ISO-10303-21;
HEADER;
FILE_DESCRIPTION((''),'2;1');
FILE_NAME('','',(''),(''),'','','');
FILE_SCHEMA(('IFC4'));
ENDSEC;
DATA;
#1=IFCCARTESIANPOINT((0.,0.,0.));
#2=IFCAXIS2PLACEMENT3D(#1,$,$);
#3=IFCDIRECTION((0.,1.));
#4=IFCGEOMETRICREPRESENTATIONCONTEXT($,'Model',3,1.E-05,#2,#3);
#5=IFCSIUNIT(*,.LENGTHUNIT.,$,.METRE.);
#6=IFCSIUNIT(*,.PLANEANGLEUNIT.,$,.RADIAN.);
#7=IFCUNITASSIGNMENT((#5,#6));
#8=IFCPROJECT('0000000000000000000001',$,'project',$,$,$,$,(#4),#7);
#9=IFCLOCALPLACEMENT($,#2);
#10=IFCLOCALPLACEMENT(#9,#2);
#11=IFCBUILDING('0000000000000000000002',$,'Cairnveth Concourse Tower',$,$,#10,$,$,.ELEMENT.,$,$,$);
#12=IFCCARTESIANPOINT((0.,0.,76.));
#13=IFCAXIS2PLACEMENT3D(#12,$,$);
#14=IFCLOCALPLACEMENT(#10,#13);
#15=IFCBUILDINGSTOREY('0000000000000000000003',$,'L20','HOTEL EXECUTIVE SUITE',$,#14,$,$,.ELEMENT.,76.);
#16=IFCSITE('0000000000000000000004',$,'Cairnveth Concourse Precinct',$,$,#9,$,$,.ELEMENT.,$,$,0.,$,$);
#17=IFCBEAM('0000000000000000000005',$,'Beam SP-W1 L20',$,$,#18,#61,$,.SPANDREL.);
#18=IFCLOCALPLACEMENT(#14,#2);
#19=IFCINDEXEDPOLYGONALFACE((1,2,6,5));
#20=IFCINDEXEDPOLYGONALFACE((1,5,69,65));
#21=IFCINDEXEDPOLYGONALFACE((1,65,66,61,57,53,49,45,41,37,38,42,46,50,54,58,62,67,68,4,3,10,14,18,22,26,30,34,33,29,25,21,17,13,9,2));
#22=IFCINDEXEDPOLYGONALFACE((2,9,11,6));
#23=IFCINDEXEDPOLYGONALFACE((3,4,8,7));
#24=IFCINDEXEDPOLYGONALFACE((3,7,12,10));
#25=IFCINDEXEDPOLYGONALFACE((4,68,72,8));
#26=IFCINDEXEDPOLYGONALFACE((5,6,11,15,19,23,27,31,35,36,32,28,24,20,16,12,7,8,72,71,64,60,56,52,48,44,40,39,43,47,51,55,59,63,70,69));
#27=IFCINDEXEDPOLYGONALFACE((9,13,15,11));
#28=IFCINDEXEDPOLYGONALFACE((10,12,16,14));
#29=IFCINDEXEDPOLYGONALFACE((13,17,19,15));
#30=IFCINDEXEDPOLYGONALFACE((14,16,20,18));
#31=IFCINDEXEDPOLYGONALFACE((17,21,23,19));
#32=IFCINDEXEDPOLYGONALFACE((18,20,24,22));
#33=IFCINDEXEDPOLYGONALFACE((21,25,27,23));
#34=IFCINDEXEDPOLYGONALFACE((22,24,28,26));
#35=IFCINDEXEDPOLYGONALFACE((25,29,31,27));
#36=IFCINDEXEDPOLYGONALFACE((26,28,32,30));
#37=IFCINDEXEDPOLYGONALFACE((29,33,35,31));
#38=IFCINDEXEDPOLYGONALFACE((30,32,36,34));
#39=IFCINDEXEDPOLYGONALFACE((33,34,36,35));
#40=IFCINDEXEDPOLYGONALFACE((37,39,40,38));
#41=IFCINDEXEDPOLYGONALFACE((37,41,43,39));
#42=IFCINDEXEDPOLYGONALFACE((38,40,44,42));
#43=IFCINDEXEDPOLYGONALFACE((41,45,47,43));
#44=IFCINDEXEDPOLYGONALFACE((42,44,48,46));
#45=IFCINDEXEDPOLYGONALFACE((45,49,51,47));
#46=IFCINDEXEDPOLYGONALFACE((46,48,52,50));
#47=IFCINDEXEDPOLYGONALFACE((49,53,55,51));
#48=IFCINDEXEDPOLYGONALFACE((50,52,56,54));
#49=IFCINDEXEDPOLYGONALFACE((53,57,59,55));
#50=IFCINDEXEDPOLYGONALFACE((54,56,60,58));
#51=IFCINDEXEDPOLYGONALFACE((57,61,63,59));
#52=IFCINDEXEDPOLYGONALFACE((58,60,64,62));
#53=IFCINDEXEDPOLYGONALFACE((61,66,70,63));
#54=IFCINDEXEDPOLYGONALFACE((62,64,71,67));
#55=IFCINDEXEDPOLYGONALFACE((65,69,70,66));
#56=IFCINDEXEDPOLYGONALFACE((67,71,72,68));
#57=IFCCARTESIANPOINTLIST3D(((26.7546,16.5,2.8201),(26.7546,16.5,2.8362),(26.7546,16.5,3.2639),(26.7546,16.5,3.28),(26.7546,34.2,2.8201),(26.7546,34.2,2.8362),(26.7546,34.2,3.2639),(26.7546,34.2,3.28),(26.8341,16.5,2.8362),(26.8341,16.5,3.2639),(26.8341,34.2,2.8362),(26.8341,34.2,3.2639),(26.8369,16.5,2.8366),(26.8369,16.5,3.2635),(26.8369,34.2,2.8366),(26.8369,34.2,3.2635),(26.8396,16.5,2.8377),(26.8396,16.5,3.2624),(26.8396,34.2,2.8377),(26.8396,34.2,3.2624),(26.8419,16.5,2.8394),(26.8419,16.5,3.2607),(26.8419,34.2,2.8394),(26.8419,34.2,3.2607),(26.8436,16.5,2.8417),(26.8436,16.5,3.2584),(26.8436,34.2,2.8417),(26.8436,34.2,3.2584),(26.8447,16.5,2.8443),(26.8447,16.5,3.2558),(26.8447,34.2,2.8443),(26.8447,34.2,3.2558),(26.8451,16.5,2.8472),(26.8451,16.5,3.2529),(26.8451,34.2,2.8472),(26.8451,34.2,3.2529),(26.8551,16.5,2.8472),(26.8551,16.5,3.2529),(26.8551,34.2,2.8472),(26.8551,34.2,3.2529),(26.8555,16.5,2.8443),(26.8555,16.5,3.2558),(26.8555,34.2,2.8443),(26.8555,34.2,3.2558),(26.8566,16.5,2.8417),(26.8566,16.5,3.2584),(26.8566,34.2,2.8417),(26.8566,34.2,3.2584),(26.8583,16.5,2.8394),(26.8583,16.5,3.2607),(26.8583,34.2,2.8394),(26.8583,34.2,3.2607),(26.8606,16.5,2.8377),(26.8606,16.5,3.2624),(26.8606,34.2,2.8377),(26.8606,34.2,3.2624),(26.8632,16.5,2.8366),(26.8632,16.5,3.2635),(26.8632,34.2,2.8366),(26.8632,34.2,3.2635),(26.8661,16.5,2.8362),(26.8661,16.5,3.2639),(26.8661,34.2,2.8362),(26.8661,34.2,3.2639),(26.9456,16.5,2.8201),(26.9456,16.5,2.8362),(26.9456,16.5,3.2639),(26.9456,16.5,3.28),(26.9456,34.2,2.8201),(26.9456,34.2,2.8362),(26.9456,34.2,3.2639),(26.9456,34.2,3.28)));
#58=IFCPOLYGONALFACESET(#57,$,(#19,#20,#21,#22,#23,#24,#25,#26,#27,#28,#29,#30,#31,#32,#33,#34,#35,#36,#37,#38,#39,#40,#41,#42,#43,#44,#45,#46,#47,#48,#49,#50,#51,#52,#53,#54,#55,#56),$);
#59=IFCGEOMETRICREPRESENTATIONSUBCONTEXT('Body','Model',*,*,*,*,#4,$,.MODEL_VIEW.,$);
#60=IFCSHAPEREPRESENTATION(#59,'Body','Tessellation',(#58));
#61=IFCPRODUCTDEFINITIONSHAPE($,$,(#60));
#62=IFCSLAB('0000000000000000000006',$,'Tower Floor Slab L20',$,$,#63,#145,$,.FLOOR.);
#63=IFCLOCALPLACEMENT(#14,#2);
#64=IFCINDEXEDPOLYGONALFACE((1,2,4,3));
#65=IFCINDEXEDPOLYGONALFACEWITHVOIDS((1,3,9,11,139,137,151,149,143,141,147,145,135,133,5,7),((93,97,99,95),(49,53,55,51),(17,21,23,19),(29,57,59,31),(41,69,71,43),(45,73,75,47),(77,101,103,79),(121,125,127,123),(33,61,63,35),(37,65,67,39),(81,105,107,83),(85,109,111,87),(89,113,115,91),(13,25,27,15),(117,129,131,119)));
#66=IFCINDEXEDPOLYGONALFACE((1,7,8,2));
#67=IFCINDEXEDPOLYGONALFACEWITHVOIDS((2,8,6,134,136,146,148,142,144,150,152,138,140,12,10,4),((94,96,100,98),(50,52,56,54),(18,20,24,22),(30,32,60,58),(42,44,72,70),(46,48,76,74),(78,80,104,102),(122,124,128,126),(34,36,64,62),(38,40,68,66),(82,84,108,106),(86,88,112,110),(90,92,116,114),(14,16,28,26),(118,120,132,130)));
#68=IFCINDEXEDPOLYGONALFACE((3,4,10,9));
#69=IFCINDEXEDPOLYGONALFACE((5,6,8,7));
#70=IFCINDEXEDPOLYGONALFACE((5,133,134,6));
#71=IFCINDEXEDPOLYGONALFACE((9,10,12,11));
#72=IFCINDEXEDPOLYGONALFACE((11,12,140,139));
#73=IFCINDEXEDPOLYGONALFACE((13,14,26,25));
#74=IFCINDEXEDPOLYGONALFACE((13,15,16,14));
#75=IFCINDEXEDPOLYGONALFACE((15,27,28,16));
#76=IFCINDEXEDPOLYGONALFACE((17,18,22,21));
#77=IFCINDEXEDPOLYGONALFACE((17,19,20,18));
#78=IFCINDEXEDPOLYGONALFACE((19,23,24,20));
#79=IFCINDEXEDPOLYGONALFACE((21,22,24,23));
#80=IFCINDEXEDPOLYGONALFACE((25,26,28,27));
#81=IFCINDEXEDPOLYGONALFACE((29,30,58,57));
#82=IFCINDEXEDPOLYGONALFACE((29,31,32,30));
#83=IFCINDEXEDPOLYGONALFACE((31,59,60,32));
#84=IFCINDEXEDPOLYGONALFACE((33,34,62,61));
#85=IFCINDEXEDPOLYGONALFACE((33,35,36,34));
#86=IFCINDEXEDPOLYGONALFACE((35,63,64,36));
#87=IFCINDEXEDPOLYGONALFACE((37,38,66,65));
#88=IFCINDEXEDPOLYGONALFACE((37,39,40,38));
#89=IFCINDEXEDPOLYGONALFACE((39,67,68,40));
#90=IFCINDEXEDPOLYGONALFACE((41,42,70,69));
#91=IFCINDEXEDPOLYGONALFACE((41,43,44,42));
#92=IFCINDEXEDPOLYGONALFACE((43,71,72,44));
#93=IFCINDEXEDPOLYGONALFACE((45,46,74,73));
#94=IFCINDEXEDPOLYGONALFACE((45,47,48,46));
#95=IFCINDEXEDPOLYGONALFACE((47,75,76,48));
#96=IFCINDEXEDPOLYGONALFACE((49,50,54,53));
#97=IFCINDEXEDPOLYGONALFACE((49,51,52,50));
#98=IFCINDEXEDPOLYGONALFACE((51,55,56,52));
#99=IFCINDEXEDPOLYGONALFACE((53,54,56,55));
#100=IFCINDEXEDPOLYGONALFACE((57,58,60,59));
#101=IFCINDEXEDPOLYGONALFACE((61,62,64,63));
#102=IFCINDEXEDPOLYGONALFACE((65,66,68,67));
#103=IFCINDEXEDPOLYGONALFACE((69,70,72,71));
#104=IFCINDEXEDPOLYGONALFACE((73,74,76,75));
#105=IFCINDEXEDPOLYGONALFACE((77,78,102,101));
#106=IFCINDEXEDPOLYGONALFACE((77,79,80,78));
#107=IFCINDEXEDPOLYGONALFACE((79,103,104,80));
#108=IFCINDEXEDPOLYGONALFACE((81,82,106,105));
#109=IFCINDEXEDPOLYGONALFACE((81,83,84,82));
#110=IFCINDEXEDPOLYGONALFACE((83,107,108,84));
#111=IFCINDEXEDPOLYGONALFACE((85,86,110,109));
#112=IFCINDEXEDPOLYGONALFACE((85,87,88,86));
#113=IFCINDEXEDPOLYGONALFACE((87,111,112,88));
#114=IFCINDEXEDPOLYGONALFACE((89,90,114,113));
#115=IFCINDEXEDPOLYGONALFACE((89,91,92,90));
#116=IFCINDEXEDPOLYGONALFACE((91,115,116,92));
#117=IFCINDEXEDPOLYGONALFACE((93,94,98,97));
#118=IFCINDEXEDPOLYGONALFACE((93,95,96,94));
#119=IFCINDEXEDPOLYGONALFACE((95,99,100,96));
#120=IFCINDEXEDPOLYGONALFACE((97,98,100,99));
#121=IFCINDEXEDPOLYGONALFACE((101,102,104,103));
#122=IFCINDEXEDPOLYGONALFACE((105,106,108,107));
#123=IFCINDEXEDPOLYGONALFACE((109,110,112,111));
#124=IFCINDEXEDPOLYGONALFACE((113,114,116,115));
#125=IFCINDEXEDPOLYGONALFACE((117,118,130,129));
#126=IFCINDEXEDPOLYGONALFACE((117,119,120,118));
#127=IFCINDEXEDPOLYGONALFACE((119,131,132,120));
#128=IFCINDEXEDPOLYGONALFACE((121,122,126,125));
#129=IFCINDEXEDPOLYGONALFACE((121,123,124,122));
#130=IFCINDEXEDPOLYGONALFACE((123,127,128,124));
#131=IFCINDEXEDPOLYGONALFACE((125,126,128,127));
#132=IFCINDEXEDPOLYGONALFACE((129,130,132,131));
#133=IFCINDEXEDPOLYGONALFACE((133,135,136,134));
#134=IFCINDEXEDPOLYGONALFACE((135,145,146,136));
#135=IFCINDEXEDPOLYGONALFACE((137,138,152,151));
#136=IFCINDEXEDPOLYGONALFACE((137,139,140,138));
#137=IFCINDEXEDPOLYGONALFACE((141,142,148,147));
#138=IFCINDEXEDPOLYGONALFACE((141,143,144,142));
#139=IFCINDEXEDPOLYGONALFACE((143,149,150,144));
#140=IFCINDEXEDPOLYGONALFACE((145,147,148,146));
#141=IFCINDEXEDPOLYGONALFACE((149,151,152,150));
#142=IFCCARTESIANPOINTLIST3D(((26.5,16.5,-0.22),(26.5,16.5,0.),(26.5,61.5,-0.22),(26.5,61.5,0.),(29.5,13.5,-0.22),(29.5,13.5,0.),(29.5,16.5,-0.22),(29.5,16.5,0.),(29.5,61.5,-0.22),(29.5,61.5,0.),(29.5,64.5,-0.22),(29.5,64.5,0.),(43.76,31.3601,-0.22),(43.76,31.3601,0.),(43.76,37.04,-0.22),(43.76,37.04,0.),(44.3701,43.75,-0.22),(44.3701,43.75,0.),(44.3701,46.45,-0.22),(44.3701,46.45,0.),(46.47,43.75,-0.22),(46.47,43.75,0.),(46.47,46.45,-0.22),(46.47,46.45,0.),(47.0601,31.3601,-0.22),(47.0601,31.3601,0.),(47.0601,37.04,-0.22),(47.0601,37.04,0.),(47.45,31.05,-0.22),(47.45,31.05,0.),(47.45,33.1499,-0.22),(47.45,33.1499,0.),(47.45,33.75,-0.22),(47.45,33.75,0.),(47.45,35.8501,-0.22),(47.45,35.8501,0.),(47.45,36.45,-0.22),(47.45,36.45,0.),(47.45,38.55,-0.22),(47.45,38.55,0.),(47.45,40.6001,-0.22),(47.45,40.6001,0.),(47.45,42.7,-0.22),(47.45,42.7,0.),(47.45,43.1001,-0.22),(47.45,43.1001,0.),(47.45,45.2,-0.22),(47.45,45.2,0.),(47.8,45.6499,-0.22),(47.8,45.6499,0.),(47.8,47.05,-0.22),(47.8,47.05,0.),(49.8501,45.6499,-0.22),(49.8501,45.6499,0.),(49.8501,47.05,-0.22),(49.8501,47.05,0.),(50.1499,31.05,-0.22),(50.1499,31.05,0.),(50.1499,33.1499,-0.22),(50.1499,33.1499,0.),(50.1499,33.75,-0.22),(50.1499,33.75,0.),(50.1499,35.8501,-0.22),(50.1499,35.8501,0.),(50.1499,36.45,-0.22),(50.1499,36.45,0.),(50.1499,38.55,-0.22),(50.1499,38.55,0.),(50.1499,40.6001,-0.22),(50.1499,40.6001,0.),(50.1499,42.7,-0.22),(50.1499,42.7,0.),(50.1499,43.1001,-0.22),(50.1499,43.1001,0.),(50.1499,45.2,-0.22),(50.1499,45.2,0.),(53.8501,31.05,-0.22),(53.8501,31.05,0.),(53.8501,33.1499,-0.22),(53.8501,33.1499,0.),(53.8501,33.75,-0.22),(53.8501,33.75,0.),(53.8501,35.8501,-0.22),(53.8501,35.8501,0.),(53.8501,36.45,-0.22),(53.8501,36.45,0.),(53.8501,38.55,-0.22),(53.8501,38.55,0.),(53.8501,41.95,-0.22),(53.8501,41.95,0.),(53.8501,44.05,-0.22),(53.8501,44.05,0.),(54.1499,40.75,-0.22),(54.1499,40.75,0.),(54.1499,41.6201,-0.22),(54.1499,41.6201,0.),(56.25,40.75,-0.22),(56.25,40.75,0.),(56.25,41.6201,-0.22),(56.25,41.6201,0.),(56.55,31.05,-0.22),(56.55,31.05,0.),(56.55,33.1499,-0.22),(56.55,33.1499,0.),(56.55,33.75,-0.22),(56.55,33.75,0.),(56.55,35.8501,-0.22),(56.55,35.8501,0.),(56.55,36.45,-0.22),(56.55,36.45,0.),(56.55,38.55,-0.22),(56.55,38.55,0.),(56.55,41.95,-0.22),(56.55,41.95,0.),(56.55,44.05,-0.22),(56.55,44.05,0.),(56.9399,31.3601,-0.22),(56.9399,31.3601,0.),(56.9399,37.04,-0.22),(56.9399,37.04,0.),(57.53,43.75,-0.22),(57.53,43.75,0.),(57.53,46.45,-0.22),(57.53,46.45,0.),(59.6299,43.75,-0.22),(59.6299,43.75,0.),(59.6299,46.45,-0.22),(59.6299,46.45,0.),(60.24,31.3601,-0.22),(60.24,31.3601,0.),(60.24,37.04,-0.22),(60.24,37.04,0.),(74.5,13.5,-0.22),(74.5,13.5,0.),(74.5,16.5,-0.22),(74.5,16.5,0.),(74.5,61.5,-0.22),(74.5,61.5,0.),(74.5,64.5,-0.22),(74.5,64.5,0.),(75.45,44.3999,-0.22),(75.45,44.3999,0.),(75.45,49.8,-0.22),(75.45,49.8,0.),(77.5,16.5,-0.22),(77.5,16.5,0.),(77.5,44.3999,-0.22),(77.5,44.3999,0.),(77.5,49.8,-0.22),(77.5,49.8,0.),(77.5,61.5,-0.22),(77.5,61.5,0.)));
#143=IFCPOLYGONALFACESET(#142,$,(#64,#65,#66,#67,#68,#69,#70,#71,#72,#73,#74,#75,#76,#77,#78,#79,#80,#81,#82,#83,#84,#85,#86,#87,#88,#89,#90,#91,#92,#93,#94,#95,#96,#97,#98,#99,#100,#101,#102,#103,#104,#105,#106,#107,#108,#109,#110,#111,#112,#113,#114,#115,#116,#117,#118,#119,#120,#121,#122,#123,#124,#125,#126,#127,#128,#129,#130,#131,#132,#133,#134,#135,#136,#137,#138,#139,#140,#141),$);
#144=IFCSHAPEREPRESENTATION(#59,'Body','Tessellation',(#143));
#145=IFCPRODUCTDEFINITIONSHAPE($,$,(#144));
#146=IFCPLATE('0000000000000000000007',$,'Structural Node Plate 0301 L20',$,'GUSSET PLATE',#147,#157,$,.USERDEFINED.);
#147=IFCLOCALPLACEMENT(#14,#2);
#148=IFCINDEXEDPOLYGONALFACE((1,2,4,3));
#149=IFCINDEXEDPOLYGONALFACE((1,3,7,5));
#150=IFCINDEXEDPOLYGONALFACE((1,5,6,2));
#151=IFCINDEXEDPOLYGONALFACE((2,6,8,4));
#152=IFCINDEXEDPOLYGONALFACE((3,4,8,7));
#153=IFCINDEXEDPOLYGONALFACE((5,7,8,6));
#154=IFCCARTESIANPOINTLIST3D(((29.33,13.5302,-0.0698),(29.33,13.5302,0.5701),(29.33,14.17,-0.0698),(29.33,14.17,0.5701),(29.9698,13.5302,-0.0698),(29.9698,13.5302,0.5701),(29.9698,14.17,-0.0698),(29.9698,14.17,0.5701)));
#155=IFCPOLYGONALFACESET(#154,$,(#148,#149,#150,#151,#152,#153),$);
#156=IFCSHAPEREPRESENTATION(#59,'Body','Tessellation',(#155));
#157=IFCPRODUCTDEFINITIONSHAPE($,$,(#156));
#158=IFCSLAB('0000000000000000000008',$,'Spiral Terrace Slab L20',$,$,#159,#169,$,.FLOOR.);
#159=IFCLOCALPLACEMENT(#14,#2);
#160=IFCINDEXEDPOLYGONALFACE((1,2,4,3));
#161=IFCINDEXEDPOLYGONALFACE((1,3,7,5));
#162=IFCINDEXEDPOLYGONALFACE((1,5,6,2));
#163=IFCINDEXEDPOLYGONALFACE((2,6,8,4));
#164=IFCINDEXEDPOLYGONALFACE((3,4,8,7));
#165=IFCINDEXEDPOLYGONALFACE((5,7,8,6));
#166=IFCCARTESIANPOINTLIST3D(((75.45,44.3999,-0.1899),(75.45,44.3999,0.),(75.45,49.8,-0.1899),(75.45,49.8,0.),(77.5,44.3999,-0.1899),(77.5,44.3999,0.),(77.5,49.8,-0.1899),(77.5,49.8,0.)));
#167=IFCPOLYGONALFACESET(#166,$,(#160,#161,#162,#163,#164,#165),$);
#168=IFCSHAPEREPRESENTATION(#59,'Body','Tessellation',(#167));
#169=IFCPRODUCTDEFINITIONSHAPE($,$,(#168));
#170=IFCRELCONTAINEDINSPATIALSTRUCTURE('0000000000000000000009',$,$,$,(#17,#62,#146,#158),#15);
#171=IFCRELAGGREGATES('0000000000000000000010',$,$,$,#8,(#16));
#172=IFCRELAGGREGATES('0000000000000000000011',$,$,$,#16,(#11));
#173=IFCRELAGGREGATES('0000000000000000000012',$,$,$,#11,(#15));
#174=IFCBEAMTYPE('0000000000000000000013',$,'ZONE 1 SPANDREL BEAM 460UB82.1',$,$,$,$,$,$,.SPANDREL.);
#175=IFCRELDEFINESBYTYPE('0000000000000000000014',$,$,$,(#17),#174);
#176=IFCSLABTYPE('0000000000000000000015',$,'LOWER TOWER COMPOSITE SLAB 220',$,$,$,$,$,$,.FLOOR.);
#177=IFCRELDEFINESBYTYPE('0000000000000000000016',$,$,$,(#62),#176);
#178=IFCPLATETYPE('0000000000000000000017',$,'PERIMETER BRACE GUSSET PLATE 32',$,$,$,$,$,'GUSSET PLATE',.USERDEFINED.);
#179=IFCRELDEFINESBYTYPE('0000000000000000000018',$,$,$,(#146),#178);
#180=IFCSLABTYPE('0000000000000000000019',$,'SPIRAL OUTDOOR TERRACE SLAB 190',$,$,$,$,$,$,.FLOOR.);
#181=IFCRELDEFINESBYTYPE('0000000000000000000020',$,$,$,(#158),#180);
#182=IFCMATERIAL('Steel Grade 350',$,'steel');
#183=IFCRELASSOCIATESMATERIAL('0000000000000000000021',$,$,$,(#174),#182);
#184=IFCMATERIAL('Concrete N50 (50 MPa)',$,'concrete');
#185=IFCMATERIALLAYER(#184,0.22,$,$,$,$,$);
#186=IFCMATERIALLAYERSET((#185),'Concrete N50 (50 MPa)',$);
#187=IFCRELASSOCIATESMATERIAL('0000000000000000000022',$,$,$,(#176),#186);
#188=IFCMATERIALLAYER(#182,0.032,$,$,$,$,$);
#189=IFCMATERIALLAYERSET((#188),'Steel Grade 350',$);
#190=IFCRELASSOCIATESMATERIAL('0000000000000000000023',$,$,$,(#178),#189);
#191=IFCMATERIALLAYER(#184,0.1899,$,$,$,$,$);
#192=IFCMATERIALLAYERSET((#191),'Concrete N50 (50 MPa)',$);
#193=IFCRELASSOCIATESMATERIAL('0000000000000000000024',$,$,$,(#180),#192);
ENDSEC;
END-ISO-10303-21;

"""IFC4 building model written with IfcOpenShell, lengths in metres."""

from ifc_helpers import new_model, si_unit, direction, frame, origin, origin_2d, place, context, subcontext, project, spatial, polyline, rectangle, i_section, outline, extrude, material, layer, layer_set, material_profile, profile_set, type_object, element, save


model = new_model("IFC4")

# Units and contexts
model_context = context("Model", 3, precision=1e-05, world=origin(), true_north=direction((0.0, 1.0)))
body_context = subcontext(model_context, "Body", "Model", "MODEL_VIEW")
ifc_project = project(units=[si_unit("LENGTHUNIT", "METRE"), si_unit("PLANEANGLEUNIT", "RADIAN")], contexts=[model_context])

# Site, building, storey
site_placement = place(None, origin())
site = spatial("IfcSite", under=ifc_project, at=site_placement, Name="Cairnveth Concourse Precinct", CompositionType="ELEMENT", RefElevation=0.0)
building_placement = place(site_placement, origin())
building = spatial("IfcBuilding", under=site, at=building_placement, Name="Cairnveth Concourse Tower", CompositionType="ELEMENT")
storey_placement = place(building_placement, frame((0.0, 0.0, 76.0)))
storey = spatial("IfcBuildingStorey", under=building, at=storey_placement, Name="L20", Description="HOTEL EXECUTIVE SUITE", CompositionType="ELEMENT", Elevation=76.0)

# Beam
ifc_material_1 = material(Name="Steel Grade 350", Category="steel")
ifc_material_profile_1 = material_profile(ifc_material_1, i_section(OverallWidth=0.1909, OverallDepth=0.46, WebThickness=0.01, FlangeThickness=0.0161, FilletRadius=0.011, at=origin_2d()), Name="460UB82.1")
ifc_profile_set_1 = profile_set([ifc_material_profile_1], Name="Steel Grade 350")
beam_type_1 = type_object("IfcBeamType", Name="ZONE 1 SPANDREL BEAM 460UB82.1", PredefinedType="SPANDREL", material=ifc_profile_set_1)
for number, where, z_axis, x_axis, name in (
    (1, (26.8501, 16.5, 3.05), (0.0, 1.0, 0.0), (-1.0, 0.0, 0.0), "Beam SP-W1 L20"),
):
    element("IfcBeam", number, at=place(storey_placement, frame(where, z_axis=z_axis, x_axis=x_axis)), inside=storey, type_object=beam_type_1, Name=name, PredefinedType="SPANDREL", context=body_context, shape_type="SweptSolid", body=[
        extrude(i_section(OverallWidth=0.1909, OverallDepth=0.46, WebThickness=0.01, FlangeThickness=0.0161, FilletRadius=0.011, at=origin_2d()), origin(), (0.0, 0.0, 1.0), 17.7),
    ])

# Slab
ifc_material_2 = material(Name="Concrete N50 (50 MPa)", Category="concrete")
ifc_layer_1 = layer(ifc_material_2, 0.22)
ifc_layer_set_1 = layer_set([ifc_layer_1], Name="Concrete N50 (50 MPa)")
slab_type_1 = type_object("IfcSlabType", Name="LOWER TOWER COMPOSITE SLAB 220", PredefinedType="FLOOR", material=ifc_layer_set_1)
slab_1_placement = place(storey_placement, frame((0.0, 0.0, -0.22)))
element("IfcSlab", 2, at=slab_1_placement, inside=storey, type_object=slab_type_1, Name="Tower Floor Slab L20", PredefinedType="FLOOR", context=body_context, shape_type="SweptSolid", body=[
    extrude(outline(polyline([(77.5, 44.3999), (75.45, 44.3999), (75.45, 49.8), (77.5, 49.8), (77.5, 61.5), (74.5, 61.5), (74.5, 64.5), (29.5, 64.5), (29.5, 61.5), (26.5, 61.5), (26.5, 16.5), (29.5, 16.5), (29.5, 13.5), (74.5, 13.5), (74.5, 16.5), (77.5, 16.5), (77.5, 44.3999)]), holes=[polyline([(43.76, 31.3601), (47.0601, 31.3601), (47.0601, 37.04), (43.76, 37.04), (43.76, 31.3601)]), polyline([(56.9399, 31.3601), (60.24, 31.3601), (60.24, 37.04), (56.9399, 37.04), (56.9399, 31.3601)]), polyline([(44.3701, 43.75), (46.47, 43.75), (46.47, 46.45), (44.3701, 46.45), (44.3701, 43.75)]), polyline([(57.53, 43.75), (59.6299, 43.75), (59.6299, 46.45), (57.53, 46.45), (57.53, 43.75)]), polyline([(47.45, 31.05), (50.1499, 31.05), (50.1499, 33.1499), (47.45, 33.1499), (47.45, 31.05)]), polyline([(47.45, 33.75), (50.1499, 33.75), (50.1499, 35.8501), (47.45, 35.8501), (47.45, 33.75)]), polyline([(47.45, 36.45), (50.1499, 36.45), (50.1499, 38.55), (47.45, 38.55), (47.45, 36.45)]), polyline([(53.8501, 31.05), (56.55, 31.05), (56.55, 33.1499), (53.8501, 33.1499), (53.8501, 31.05)]), polyline([(53.8501, 33.75), (56.55, 33.75), (56.55, 35.8501), (53.8501, 35.8501), (53.8501, 33.75)]), polyline([(53.8501, 36.45), (56.55, 36.45), (56.55, 38.55), (53.8501, 38.55), (53.8501, 36.45)]), polyline([(47.45, 40.6001), (50.1499, 40.6001), (50.1499, 42.7), (47.45, 42.7), (47.45, 40.6001)]), polyline([(47.45, 43.1001), (50.1499, 43.1001), (50.1499, 45.2), (47.45, 45.2), (47.45, 43.1001)]), polyline([(53.8501, 41.95), (56.55, 41.95), (56.55, 44.05), (53.8501, 44.05), (53.8501, 41.95)]), polyline([(47.8, 45.6499), (49.8501, 45.6499), (49.8501, 47.05), (47.8, 47.05), (47.8, 45.6499)]), polyline([(54.1499, 40.75), (56.25, 40.75), (56.25, 41.6201), (54.1499, 41.6201), (54.1499, 40.75)])]), origin(), (0.0, 0.0, 1.0), 0.22),
])

# Plate
ifc_layer_2 = layer(ifc_material_1, 0.032)
ifc_layer_set_2 = layer_set([ifc_layer_2], Name="Steel Grade 350")
plate_type = type_object("IfcPlateType", Name="PERIMETER BRACE GUSSET PLATE 32", ElementType="GUSSET PLATE", PredefinedType="USERDEFINED", material=ifc_layer_set_2)
plate_placement = place(storey_placement, frame((29.6499, 13.8501, -0.0698), z_axis=(0.0, 0.0, 1.0), x_axis=(1.0, 0.0, 0.0)))
element("IfcPlate", 3, at=plate_placement, inside=storey, type_object=plate_type, Name="Structural Node Plate 0301 L20", ObjectType="GUSSET PLATE", PredefinedType="USERDEFINED", context=body_context, shape_type="SweptSolid", body=[
    extrude(rectangle(XDim=0.6399, YDim=0.6399, at=origin_2d()), origin(), (0.0, 0.0, 1.0), 0.6399),
])

# Slab
ifc_layer_3 = layer(ifc_material_2, 0.1899)
ifc_layer_set_3 = layer_set([ifc_layer_3], Name="Concrete N50 (50 MPa)")
slab_type_2 = type_object("IfcSlabType", Name="SPIRAL OUTDOOR TERRACE SLAB 190", PredefinedType="FLOOR", material=ifc_layer_set_3)
slab_2_placement = place(storey_placement, frame((0.0, 0.0, -0.1899)))
element("IfcSlab", 4, at=slab_2_placement, inside=storey, type_object=slab_type_2, Name="Spiral Terrace Slab L20", PredefinedType="FLOOR", context=body_context, shape_type="SweptSolid", body=[
    extrude(outline(polyline([(75.45, 44.3999), (77.5, 44.3999), (77.5, 49.8), (75.45, 49.8), (75.45, 44.3999)])), origin(), (0.0, 0.0, 1.0), 0.1899),
])

save(model, "model.ifc")
